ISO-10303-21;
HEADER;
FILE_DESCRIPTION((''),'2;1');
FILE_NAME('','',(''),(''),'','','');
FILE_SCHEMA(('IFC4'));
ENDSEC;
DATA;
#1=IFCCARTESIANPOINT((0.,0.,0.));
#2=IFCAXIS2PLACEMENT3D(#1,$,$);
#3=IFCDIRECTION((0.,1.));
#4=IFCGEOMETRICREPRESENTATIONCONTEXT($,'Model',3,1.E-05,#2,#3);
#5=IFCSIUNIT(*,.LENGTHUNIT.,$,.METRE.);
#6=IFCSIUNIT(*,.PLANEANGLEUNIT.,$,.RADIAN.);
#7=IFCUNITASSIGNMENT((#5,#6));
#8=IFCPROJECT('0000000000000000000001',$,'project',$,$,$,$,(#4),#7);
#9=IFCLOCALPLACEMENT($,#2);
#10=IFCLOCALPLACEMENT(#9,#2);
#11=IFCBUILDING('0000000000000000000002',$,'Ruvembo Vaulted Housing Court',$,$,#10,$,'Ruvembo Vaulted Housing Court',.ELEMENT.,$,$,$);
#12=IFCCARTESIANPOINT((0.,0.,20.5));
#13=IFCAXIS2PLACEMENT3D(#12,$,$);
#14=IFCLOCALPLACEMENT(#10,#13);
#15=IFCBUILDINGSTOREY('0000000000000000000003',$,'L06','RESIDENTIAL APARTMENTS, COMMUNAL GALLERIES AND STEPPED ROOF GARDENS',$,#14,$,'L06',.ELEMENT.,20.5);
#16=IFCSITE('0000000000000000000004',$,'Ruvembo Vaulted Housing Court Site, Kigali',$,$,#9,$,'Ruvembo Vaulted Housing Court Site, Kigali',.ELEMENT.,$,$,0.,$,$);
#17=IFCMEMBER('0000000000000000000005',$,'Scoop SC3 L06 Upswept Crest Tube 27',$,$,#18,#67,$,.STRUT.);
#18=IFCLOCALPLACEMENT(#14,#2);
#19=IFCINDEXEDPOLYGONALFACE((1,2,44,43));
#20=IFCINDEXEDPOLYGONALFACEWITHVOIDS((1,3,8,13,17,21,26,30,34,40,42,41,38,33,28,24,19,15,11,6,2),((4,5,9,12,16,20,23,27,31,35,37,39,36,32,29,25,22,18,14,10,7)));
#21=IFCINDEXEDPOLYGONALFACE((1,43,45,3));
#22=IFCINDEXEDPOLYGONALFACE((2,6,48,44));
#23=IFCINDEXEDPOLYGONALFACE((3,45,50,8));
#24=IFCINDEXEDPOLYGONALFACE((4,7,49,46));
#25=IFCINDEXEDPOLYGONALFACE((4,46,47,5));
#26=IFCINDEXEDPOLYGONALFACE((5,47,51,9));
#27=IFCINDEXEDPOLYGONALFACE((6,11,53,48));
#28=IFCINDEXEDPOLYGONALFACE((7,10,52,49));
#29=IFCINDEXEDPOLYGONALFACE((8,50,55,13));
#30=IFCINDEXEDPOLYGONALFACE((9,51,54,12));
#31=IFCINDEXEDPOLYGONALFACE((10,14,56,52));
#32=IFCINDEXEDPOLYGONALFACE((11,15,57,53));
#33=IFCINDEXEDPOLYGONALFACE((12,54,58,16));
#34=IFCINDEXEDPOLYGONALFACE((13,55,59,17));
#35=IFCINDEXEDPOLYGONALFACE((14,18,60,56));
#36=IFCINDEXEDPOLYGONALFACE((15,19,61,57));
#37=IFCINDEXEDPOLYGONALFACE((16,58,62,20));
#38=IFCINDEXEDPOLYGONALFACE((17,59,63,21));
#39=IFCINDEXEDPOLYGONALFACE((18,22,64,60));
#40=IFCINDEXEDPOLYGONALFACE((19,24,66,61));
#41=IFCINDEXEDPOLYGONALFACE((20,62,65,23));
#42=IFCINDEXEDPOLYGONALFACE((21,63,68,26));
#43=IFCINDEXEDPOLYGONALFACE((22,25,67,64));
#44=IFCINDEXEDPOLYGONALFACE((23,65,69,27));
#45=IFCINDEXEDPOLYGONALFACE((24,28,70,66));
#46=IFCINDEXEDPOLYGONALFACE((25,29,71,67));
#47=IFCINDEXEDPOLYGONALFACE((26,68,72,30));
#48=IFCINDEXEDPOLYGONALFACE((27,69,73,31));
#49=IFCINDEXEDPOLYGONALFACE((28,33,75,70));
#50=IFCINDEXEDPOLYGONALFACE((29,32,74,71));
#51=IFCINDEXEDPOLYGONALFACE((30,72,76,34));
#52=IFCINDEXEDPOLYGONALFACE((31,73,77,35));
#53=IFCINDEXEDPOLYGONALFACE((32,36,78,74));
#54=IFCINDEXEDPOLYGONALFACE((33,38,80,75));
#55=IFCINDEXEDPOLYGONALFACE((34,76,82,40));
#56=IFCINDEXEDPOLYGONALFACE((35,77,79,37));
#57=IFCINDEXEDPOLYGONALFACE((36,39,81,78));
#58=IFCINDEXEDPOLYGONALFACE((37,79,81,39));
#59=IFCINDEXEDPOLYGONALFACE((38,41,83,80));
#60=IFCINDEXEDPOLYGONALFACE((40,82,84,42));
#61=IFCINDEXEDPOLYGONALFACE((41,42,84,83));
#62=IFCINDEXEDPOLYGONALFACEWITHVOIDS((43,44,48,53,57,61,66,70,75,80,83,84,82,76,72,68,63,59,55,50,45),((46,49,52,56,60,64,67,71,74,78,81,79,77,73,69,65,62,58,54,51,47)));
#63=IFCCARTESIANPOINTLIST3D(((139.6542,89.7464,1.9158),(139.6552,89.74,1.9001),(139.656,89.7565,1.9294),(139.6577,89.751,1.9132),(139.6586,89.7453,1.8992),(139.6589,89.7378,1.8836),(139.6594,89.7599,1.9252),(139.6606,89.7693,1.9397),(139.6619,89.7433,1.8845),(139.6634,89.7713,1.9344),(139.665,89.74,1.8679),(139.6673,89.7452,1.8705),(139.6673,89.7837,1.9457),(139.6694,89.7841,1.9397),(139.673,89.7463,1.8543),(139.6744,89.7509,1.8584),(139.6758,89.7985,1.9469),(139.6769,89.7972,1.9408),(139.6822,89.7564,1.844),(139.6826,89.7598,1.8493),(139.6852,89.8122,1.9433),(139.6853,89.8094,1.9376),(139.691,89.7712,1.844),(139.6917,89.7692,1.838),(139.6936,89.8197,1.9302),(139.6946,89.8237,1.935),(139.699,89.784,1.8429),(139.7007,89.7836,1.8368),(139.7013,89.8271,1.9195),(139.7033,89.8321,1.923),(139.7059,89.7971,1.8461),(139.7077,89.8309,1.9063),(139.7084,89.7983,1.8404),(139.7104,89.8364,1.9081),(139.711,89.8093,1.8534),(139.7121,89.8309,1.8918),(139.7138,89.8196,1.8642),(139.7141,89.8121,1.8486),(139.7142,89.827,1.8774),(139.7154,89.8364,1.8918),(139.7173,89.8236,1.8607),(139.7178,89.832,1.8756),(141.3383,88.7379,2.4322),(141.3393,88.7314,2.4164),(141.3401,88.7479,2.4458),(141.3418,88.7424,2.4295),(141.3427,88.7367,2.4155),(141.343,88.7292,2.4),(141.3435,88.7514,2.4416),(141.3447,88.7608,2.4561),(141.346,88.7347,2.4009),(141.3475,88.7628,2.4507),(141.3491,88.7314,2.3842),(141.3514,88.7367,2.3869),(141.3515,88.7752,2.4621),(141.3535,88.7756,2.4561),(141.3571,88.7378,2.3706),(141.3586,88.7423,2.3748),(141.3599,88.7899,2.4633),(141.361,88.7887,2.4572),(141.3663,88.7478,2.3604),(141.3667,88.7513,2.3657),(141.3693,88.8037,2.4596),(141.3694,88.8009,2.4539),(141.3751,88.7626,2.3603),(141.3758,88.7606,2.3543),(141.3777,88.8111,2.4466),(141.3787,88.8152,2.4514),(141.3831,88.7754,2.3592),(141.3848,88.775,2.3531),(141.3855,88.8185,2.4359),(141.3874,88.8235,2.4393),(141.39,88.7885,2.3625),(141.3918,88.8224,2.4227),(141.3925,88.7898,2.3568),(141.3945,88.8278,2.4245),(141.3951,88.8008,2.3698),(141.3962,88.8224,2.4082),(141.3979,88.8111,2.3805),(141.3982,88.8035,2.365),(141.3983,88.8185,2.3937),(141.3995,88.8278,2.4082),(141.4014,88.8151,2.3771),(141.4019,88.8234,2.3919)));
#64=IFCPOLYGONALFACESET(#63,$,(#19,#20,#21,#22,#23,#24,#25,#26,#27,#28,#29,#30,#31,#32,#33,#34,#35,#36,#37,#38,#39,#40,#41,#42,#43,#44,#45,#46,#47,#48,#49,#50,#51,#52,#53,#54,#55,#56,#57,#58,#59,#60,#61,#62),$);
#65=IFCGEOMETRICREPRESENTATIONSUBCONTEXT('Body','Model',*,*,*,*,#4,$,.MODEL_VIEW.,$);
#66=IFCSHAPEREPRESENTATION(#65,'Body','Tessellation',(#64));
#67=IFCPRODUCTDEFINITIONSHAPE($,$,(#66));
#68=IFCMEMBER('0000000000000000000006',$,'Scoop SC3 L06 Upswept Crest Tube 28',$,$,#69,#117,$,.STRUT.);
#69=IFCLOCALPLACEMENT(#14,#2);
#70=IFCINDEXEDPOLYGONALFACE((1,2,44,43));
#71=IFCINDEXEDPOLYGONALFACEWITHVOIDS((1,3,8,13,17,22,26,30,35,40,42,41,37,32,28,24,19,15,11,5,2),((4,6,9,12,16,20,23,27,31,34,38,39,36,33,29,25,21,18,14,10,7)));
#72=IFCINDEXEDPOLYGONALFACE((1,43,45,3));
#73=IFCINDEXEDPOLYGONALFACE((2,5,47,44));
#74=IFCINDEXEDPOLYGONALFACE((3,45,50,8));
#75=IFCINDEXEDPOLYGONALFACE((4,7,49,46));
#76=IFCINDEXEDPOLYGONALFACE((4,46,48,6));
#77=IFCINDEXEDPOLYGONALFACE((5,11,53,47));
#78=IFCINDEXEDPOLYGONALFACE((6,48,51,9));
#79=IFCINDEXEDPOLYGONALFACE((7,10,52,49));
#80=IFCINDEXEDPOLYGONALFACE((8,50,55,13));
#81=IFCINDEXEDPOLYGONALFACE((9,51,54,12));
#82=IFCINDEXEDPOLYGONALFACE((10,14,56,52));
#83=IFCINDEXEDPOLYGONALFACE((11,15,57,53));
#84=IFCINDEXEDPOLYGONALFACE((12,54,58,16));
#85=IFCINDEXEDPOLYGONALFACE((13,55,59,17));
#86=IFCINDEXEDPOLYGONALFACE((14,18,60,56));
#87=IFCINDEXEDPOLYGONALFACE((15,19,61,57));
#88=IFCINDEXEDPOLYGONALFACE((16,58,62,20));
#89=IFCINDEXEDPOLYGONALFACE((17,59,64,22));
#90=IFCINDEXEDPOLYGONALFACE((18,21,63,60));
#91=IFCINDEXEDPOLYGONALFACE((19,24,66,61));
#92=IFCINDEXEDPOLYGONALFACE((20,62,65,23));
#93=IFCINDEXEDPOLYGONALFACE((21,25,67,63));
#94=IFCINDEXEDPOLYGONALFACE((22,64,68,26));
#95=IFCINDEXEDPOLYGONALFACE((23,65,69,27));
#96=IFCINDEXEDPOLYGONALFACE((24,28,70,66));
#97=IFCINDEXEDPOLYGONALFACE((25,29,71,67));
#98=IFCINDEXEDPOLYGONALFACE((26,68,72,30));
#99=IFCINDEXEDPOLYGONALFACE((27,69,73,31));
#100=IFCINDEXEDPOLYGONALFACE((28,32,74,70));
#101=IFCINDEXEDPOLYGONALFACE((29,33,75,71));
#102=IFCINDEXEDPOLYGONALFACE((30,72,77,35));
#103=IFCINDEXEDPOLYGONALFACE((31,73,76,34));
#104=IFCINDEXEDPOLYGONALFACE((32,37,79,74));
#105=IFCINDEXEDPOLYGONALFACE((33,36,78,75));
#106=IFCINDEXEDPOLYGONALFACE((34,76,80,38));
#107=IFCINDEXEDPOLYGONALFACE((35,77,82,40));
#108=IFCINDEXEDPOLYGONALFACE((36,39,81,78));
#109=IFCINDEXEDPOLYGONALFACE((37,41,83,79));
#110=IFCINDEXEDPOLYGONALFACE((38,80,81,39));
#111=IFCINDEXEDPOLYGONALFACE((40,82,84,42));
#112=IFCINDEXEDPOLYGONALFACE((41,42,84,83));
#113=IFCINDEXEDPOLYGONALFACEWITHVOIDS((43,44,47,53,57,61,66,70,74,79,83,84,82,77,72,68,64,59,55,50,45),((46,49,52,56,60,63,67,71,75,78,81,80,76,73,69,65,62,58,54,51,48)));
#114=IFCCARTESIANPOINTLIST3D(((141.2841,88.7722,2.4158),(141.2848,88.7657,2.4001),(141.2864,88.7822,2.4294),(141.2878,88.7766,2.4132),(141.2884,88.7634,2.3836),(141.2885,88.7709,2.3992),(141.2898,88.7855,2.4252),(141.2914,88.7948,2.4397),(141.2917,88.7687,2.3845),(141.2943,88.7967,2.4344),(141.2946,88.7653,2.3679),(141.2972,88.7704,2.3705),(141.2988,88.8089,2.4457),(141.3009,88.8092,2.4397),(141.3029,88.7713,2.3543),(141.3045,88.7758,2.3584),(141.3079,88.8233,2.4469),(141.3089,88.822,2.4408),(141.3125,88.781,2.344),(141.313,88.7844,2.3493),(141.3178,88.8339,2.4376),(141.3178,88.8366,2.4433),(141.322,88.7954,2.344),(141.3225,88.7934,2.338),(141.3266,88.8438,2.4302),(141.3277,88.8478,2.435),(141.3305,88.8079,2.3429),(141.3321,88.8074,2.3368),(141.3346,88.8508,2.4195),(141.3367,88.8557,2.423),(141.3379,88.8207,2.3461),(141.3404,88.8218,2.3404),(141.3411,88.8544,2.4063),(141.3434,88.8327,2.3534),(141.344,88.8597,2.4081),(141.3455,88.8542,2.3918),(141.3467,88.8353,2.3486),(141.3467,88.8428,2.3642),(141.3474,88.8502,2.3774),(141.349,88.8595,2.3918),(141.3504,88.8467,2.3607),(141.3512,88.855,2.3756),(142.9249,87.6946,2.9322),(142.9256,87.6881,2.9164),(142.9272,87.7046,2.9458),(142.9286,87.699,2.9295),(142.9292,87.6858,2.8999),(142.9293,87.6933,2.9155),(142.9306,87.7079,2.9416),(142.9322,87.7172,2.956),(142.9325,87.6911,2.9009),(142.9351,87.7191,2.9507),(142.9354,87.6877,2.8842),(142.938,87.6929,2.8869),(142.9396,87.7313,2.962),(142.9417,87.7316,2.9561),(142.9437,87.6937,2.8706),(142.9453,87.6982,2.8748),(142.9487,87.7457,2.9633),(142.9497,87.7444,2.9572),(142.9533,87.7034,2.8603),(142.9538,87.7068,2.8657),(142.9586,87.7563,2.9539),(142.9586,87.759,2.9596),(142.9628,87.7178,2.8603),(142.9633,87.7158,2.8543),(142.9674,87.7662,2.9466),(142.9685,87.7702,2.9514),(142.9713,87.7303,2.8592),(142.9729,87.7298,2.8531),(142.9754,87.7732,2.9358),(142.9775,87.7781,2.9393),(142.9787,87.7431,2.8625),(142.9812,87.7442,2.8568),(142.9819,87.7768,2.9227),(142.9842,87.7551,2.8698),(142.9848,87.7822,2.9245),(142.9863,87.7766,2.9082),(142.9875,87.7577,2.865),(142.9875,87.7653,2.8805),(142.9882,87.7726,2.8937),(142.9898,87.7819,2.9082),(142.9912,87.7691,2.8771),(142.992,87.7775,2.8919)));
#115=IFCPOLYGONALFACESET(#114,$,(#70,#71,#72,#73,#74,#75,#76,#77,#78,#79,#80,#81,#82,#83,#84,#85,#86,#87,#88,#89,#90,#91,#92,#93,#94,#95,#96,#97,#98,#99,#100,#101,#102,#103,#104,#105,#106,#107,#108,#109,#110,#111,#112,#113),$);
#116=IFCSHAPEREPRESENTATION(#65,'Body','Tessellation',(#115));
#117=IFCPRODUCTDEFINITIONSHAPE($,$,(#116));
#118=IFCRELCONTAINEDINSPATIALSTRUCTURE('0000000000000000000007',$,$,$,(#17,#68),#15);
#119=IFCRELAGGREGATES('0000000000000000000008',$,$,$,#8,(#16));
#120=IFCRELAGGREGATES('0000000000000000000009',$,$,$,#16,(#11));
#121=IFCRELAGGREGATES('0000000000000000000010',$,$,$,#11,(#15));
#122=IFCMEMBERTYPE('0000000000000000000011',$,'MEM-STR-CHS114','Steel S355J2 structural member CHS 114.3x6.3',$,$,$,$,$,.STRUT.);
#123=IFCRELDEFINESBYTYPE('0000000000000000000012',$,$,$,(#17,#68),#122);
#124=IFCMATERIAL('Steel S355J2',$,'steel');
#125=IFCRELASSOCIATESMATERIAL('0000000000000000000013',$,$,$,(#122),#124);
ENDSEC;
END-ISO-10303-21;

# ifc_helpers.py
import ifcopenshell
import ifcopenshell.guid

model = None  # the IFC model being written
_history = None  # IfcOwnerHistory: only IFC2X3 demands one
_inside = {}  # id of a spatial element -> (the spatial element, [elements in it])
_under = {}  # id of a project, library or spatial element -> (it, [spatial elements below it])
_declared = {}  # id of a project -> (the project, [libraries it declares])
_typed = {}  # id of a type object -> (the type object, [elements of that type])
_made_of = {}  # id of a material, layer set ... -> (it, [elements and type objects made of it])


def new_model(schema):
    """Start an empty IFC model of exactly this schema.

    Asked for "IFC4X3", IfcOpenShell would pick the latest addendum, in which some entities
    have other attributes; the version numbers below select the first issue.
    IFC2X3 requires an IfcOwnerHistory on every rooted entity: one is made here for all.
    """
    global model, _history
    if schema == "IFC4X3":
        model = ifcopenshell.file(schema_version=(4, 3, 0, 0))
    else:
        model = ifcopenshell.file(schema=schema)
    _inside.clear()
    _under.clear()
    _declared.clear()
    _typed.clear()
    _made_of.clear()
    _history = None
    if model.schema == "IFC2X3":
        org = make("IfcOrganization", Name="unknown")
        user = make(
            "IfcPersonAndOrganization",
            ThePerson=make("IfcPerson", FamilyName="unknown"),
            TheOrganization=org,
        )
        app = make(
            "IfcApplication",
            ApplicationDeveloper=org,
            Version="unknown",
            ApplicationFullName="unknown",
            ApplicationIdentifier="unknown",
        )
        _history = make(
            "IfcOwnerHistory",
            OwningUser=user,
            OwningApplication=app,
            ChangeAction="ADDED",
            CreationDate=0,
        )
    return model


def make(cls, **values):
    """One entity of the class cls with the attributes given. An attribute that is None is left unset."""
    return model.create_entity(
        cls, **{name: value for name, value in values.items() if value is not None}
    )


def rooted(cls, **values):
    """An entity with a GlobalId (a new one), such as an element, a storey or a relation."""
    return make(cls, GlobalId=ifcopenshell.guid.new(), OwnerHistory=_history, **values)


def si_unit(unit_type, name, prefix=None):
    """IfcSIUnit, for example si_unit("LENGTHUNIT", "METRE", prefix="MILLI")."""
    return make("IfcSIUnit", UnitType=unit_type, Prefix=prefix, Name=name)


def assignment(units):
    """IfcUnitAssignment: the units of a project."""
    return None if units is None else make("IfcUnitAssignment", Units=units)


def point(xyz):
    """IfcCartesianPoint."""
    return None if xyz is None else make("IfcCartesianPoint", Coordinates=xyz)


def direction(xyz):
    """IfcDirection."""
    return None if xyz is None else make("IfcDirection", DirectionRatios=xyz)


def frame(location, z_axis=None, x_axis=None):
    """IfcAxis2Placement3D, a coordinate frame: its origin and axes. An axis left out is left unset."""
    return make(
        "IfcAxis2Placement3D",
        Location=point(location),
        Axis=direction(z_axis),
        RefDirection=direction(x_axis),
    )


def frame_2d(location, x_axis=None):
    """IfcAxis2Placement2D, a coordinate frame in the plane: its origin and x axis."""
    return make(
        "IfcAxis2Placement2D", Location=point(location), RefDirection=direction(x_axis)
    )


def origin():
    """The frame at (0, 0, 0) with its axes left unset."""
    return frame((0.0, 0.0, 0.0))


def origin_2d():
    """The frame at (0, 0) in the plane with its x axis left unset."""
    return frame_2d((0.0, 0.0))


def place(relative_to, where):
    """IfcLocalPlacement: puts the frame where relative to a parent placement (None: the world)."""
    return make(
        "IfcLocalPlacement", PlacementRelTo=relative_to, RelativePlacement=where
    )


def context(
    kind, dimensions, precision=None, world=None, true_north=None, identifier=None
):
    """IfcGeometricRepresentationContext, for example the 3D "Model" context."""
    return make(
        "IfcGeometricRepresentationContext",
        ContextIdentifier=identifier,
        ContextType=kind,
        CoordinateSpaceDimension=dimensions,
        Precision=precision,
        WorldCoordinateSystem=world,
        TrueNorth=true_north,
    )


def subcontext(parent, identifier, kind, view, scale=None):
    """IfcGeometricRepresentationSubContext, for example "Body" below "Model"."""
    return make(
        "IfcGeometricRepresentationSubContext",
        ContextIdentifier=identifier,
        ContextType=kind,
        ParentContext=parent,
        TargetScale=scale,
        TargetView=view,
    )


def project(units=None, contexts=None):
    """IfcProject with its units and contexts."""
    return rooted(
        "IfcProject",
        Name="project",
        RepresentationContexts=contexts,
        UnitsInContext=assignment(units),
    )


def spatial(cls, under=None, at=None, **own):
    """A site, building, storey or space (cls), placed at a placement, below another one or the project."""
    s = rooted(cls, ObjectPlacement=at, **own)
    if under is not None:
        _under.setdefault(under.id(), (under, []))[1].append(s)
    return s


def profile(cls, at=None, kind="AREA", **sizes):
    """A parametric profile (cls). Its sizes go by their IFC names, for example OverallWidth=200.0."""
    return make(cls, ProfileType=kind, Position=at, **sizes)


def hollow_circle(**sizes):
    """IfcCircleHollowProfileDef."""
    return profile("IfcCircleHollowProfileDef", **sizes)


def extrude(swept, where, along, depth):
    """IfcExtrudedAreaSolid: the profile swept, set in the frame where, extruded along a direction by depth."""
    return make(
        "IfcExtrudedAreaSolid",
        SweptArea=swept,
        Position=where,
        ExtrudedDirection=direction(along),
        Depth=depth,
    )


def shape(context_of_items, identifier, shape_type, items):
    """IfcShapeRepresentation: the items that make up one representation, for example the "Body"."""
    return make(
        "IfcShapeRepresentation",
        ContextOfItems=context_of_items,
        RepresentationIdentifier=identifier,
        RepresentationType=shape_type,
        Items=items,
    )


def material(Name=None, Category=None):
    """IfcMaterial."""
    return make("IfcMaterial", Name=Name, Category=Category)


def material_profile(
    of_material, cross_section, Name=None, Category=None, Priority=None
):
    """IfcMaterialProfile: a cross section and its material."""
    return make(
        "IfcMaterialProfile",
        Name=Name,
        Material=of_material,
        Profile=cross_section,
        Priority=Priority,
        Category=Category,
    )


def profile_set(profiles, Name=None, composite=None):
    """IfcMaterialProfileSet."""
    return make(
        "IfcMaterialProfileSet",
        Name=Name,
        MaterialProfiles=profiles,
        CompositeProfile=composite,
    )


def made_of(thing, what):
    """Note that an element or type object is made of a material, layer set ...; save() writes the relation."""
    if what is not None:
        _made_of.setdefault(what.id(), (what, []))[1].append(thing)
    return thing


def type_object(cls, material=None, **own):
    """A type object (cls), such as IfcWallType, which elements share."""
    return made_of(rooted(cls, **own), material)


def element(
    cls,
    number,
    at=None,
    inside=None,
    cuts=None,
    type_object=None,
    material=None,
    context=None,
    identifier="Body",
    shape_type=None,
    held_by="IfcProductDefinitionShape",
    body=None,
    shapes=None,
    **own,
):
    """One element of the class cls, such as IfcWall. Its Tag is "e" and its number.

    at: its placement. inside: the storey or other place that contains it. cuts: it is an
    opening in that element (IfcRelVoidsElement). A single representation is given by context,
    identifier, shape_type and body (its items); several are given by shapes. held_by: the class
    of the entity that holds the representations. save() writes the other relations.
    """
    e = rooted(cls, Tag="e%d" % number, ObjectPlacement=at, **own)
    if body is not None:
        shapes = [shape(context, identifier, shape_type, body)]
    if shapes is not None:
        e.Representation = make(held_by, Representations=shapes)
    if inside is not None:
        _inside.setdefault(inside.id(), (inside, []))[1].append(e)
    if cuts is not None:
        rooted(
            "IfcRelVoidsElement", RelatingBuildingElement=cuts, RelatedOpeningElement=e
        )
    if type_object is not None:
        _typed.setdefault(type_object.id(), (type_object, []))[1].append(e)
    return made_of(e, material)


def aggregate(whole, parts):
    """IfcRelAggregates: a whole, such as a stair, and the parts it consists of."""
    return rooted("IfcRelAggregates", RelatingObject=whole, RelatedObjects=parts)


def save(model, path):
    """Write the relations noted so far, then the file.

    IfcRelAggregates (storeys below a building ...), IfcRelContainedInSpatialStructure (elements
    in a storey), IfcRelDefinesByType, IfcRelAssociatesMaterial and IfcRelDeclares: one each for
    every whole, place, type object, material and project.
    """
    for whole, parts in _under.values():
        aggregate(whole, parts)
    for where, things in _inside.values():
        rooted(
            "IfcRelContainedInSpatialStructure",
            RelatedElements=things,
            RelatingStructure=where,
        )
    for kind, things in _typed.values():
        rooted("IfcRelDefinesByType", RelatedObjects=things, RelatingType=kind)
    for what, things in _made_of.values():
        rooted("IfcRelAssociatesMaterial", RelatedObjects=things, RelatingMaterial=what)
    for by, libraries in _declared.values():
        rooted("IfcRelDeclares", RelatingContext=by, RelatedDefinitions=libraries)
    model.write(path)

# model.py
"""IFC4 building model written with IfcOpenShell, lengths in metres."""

from ifc_helpers import new_model, si_unit, direction, frame, origin, origin_2d, place, context, subcontext, project, spatial, hollow_circle, extrude, material, material_profile, profile_set, type_object, element, save


model = new_model("IFC4")

# Units and contexts
model_context = context("Model", 3, precision=1e-05, world=origin(), true_north=direction((0.0, 1.0)))
body_context = subcontext(model_context, "Body", "Model", "MODEL_VIEW")
ifc_project = project(units=[si_unit("LENGTHUNIT", "METRE"), si_unit("PLANEANGLEUNIT", "RADIAN")], contexts=[model_context])

# Site, building, storey
site_placement = place(None, origin())
site = spatial("IfcSite", under=ifc_project, at=site_placement, Name="Ruvembo Vaulted Housing Court Site, Kigali", LongName="Ruvembo Vaulted Housing Court Site, Kigali", CompositionType="ELEMENT", RefElevation=0.0)
building_placement = place(site_placement, origin())
building = spatial("IfcBuilding", under=site, at=building_placement, Name="Ruvembo Vaulted Housing Court", LongName="Ruvembo Vaulted Housing Court", CompositionType="ELEMENT")
storey_placement = place(building_placement, frame((0.0, 0.0, 20.5)))
storey = spatial("IfcBuildingStorey", under=building, at=storey_placement, Name="L06", Description="RESIDENTIAL APARTMENTS, COMMUNAL GALLERIES AND STEPPED ROOF GARDENS", LongName="L06", CompositionType="ELEMENT", Elevation=20.5)

# Members
ifc_material_1 = material(Name="Steel S355J2", Category="steel")
ifc_material_profile_1 = material_profile(ifc_material_1, hollow_circle(Radius=0.0571, WallThickness=0.0063, at=origin_2d()), Name="CHS 114.3x6.3")
ifc_profile_set_1 = profile_set([ifc_material_profile_1], Name="Steel S355J2")
member_type_1 = type_object("IfcMemberType", Name="MEM-STR-CHS114", Description="Steel S355J2 structural member CHS 114.3x6.3", PredefinedType="STRUT", material=ifc_profile_set_1)
for number, where, z_axis, x_axis, name in (
    (1, (139.686, 89.7874, 1.8918), (0.829696, -0.496879, 0.254394), (0.513782, 0.857921, 0.0), "Scoop SC3 L06 Upswept Crest Tube 27"),
    (2, (141.3176, 88.8118, 2.3918), (0.808361, -0.530889, 0.254379), (0.548947, 0.835857, 0.0), "Scoop SC3 L06 Upswept Crest Tube 28"),
):
    element("IfcMember", number, at=place(storey_placement, frame(where, z_axis=z_axis, x_axis=x_axis)), inside=storey, type_object=member_type_1, Name=name, PredefinedType="STRUT", context=body_context, shape_type="SweptSolid", body=[
        extrude(hollow_circle(Radius=0.0571, WallThickness=0.0063, at=origin_2d()), origin(), (0.0, 0.0, 1.0), 2.0298),
    ])

save(model, "model.ifc")
